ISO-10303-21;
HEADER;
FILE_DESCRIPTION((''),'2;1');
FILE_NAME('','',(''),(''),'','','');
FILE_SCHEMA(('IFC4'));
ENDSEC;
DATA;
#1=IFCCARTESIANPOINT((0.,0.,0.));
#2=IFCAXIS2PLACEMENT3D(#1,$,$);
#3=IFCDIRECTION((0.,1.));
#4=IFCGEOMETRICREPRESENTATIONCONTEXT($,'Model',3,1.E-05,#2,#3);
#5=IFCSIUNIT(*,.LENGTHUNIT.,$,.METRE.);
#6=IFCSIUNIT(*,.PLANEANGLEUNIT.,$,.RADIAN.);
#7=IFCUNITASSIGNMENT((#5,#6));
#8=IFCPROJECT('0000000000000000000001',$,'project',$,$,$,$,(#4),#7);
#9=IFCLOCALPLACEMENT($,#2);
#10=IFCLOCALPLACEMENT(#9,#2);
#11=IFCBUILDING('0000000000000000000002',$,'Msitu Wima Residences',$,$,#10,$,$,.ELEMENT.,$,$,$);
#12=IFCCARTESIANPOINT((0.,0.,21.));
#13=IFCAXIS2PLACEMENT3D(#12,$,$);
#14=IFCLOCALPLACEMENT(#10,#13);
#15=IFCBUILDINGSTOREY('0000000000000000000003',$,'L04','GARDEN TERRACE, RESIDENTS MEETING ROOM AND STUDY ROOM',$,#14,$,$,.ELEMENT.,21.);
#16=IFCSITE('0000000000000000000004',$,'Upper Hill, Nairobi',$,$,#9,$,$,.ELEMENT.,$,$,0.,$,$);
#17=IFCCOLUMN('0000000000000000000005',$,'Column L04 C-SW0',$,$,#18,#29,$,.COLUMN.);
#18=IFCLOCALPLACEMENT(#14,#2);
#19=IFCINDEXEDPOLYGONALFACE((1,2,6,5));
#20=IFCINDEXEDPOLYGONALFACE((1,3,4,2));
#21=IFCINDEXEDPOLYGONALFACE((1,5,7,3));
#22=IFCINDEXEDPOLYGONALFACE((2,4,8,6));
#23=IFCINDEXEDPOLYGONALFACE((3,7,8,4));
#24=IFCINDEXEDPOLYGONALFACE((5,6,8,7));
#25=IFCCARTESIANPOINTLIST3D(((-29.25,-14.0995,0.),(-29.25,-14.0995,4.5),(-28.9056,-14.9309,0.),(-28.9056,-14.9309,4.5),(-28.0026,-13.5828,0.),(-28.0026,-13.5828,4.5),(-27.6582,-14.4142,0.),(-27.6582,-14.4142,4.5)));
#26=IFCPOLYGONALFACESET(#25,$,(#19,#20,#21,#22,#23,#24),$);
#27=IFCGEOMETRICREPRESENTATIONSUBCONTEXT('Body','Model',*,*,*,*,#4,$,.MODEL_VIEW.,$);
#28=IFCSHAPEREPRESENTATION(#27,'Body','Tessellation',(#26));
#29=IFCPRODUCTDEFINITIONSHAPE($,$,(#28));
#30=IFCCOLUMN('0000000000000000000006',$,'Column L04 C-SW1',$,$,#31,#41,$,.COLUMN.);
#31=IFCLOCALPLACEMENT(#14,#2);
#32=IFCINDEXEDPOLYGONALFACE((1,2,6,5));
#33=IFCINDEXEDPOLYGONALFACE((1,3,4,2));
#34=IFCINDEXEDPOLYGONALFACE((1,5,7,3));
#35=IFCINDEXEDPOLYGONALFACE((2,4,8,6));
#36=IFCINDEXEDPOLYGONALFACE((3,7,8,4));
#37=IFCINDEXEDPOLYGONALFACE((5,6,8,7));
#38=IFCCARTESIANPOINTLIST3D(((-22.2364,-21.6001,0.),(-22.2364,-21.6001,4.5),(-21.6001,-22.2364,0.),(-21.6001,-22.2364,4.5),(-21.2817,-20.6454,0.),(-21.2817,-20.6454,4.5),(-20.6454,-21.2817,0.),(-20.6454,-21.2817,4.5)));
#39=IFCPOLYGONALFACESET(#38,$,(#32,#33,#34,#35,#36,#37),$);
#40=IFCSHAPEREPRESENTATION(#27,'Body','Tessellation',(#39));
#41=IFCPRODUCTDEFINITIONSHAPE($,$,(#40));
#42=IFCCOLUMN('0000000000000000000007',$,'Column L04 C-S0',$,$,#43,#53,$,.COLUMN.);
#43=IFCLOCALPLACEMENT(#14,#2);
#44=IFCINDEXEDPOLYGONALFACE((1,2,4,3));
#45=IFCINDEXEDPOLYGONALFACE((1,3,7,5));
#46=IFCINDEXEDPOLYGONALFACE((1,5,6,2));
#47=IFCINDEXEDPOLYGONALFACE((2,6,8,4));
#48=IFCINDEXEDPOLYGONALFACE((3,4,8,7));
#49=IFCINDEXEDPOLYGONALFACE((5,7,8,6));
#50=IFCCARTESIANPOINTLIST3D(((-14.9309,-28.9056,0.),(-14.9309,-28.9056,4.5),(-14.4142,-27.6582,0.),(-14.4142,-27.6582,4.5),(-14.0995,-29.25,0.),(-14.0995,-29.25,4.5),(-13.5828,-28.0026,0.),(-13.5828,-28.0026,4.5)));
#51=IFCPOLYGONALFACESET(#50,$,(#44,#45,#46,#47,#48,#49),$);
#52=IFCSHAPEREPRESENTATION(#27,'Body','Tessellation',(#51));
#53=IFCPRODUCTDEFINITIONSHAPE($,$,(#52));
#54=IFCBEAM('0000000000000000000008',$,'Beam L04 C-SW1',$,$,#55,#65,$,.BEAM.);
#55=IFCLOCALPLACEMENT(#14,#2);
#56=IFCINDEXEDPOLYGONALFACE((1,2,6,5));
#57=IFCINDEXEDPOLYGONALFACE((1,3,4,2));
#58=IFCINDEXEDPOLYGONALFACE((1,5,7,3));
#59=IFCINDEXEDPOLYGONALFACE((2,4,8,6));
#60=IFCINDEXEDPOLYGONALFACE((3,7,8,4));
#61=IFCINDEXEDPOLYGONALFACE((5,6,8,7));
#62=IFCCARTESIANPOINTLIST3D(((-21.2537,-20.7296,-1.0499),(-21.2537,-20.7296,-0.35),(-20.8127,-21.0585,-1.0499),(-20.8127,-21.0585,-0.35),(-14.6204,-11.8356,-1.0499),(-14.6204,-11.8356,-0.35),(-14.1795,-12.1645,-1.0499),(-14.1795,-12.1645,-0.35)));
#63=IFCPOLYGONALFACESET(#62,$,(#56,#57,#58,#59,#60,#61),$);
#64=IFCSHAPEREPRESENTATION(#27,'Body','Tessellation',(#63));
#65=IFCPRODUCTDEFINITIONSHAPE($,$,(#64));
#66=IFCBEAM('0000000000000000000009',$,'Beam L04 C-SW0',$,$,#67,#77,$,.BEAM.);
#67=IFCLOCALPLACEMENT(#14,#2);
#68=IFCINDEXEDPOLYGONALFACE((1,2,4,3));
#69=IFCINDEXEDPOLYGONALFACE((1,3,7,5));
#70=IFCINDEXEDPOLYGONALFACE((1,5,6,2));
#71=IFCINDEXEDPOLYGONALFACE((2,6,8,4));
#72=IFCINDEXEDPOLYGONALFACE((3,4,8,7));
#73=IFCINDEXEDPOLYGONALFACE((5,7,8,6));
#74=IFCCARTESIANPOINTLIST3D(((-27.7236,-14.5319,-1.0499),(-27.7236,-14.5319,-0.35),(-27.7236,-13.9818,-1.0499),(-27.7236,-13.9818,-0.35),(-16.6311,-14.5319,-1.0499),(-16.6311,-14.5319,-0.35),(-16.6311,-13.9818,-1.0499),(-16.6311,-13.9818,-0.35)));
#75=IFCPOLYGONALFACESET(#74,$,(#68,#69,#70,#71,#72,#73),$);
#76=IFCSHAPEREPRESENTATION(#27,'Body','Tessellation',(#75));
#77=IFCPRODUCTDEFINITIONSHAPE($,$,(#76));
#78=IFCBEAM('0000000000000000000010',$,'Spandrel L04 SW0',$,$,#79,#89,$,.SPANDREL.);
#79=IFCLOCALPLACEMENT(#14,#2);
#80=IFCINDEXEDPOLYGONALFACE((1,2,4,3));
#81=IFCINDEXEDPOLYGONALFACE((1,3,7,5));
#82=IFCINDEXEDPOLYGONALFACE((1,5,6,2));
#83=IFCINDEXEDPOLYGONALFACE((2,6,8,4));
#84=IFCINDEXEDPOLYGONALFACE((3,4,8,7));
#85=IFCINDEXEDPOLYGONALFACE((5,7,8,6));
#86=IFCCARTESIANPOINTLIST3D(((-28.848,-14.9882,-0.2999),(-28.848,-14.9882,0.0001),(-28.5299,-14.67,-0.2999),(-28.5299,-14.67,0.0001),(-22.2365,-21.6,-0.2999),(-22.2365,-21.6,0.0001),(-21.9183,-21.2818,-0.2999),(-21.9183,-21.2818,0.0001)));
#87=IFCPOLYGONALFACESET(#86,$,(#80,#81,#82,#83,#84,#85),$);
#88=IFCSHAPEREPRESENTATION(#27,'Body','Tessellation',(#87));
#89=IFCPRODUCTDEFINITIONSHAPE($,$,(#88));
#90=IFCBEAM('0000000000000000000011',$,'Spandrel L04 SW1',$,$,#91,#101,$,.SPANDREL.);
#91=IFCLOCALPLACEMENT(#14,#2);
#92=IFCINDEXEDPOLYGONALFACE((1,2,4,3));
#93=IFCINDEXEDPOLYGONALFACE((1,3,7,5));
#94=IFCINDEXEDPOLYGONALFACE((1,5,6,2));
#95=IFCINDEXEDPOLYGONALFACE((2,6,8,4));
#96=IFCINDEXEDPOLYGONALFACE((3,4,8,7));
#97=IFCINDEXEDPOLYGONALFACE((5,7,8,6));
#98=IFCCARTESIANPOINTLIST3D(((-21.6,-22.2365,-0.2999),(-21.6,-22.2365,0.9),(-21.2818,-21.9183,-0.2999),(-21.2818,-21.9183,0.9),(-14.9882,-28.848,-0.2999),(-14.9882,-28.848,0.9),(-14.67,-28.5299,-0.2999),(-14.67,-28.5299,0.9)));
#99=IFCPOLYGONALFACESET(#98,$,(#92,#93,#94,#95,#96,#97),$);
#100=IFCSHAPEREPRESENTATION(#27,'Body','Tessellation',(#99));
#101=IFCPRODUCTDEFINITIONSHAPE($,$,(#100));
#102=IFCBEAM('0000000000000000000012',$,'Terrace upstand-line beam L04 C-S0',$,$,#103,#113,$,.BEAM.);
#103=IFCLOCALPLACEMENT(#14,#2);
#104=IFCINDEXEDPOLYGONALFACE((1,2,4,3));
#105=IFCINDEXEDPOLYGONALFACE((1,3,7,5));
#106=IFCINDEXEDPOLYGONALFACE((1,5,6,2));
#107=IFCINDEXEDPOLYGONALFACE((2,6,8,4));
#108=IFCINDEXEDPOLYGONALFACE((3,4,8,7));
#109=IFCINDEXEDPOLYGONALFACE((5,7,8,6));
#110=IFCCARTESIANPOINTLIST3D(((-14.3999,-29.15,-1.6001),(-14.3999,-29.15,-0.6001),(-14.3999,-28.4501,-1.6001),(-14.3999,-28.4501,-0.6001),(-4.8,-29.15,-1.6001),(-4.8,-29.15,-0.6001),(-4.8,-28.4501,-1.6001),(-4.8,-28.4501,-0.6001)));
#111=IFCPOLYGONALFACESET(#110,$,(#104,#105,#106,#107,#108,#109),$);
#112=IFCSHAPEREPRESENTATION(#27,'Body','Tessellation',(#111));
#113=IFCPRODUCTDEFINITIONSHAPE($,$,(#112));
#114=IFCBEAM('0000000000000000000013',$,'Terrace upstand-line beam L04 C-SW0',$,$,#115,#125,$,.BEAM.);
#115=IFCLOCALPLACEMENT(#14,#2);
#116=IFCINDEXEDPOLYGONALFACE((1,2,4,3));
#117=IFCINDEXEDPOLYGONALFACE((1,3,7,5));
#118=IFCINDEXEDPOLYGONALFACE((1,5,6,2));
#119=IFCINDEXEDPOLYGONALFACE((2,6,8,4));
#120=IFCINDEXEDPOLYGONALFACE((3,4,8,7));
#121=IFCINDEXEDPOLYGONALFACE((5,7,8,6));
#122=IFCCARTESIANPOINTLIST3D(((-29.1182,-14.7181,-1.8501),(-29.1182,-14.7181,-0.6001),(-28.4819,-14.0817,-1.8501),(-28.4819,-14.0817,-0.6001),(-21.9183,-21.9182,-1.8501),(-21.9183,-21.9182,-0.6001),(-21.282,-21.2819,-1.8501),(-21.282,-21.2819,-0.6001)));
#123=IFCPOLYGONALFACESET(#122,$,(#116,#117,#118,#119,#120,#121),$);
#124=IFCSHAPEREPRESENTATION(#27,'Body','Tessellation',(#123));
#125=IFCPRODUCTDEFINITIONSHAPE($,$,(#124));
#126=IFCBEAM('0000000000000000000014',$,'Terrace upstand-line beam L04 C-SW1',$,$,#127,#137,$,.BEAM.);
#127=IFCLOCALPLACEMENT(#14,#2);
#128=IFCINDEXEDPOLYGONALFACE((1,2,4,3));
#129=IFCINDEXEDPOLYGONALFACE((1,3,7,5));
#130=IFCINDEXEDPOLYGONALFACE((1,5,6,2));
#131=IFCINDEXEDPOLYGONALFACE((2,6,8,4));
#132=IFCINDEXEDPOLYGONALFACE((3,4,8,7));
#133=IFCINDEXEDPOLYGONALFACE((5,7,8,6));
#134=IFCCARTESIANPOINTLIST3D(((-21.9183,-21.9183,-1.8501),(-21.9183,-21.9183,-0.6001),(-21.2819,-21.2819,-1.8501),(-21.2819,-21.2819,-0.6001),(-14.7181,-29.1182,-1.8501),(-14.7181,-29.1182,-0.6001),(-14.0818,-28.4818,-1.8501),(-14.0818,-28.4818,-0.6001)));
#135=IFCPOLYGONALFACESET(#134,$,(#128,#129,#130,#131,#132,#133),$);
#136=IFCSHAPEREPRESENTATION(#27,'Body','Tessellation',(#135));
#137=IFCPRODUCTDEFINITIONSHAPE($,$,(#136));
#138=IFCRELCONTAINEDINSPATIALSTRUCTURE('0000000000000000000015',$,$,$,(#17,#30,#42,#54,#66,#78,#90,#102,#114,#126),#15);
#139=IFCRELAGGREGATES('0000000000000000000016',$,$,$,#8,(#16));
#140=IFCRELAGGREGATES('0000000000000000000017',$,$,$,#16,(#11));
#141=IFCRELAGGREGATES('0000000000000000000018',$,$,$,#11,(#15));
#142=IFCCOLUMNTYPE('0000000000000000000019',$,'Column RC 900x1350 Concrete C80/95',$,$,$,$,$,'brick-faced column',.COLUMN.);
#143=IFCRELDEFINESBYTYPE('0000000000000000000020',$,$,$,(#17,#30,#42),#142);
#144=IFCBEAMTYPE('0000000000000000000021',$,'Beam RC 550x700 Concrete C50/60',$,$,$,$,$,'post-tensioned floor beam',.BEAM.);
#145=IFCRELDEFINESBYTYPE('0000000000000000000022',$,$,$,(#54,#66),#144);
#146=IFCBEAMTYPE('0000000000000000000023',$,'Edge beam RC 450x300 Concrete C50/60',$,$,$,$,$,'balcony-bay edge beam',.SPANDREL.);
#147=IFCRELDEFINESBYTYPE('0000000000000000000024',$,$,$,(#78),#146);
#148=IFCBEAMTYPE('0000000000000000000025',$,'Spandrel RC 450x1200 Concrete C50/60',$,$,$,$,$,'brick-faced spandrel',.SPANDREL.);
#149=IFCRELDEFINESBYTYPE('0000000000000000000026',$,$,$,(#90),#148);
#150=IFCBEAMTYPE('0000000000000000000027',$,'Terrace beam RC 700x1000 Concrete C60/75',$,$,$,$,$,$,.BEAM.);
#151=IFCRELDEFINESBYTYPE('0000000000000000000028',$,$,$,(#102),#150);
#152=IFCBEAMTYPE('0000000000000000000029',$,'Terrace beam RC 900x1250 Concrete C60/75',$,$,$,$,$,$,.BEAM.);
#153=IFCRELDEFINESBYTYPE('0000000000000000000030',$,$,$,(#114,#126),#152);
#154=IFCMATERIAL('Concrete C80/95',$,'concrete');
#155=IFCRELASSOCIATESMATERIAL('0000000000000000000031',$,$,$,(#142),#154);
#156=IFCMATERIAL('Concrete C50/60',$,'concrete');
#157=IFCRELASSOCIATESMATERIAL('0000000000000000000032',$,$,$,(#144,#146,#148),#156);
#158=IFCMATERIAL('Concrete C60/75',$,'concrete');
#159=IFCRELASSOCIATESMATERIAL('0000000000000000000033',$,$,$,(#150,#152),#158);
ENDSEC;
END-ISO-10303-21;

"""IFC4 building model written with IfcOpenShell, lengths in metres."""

from ifc_helpers import new_model, si_unit, direction, frame, origin, origin_2d, place, context, subcontext, project, spatial, rectangle, extrude, material, material_profile, profile_set, type_object, element, save


model = new_model("IFC4")

# Units and contexts
model_context = context("Model", 3, precision=1e-05, world=origin(), true_north=direction((0.0, 1.0)))
body_context = subcontext(model_context, "Body", "Model", "MODEL_VIEW")
ifc_project = project(units=[si_unit("LENGTHUNIT", "METRE"), si_unit("PLANEANGLEUNIT", "RADIAN")], contexts=[model_context])

# Site, building, storey
site_placement = place(None, origin())
site = spatial("IfcSite", under=ifc_project, at=site_placement, Name="Upper Hill, Nairobi", CompositionType="ELEMENT", RefElevation=0.0)
building_placement = place(site_placement, origin())
building = spatial("IfcBuilding", under=site, at=building_placement, Name="Msitu Wima Residences", CompositionType="ELEMENT")
storey_placement = place(building_placement, frame((0.0, 0.0, 21.0)))
storey = spatial("IfcBuildingStorey", under=building, at=storey_placement, Name="L04", Description="GARDEN TERRACE, RESIDENTS MEETING ROOM AND STUDY ROOM", CompositionType="ELEMENT", Elevation=21.0)

# Columns
ifc_material_1 = material(Name="Concrete C80/95", Category="concrete")
ifc_material_profile_1 = material_profile(ifc_material_1, rectangle(XDim=0.8999, YDim=1.3501, at=origin_2d()), Name="RC 900x1350")
ifc_profile_set_1 = profile_set([ifc_material_profile_1], Name="Concrete C80/95")
column_type = type_object("IfcColumnType", Name="Column RC 900x1350 Concrete C80/95", ElementType="brick-faced column", PredefinedType="COLUMN", material=ifc_profile_set_1)
for number, where, z_axis, x_axis, name in (
    (1, (-28.4541, -14.2568, 0.0), (0.0, 0.0, 1.0), (0.382683, -0.92388, 0.0), "Column L04 C-SW0"),
    (2, (-21.4409, -21.4409, 0.0), (0.0, 0.0, 1.0), (0.707107, -0.707107, 0.0), "Column L04 C-SW1"),
    (3, (-14.2568, -28.4541, 0.0), (0.0, 0.0, 1.0), (0.92388, -0.382683, 0.0), "Column L04 C-S0"),
):
    element("IfcColumn", number, at=place(storey_placement, frame(where, z_axis=z_axis, x_axis=x_axis)), inside=storey, type_object=column_type, Name=name, PredefinedType="COLUMN", context=body_context, shape_type="SweptSolid", body=[
        extrude(rectangle(XDim=0.8999, YDim=1.3501, at=origin_2d()), origin(), (0.0, 0.0, 1.0), 4.5),
    ])

# Beams
ifc_material_2 = material(Name="Concrete C50/60", Category="concrete")
ifc_material_profile_2 = material_profile(ifc_material_2, rectangle(XDim=0.55, YDim=0.7, at=origin_2d()), Name="RC 550x700")
ifc_profile_set_2 = profile_set([ifc_material_profile_2], Name="Concrete C50/60")
beam_type_1 = type_object("IfcBeamType", Name="Beam RC 550x700 Concrete C50/60", ElementType="post-tensioned floor beam", PredefinedType="BEAM", material=ifc_profile_set_2)
beam_1_placement = place(storey_placement, frame((-21.0332, -20.894, -0.7), z_axis=(0.59785, 0.801608, 0.0), x_axis=(-0.801608, 0.59785, 0.0)))
element("IfcBeam", 4, at=beam_1_placement, inside=storey, type_object=beam_type_1, Name="Beam L04 C-SW1", PredefinedType="BEAM", context=body_context, shape_type="SweptSolid", body=[
    extrude(rectangle(XDim=0.55, YDim=0.7, at=origin_2d()), origin(), (0.0, 0.0, 1.0), 11.0952),
])
beam_2_placement = place(storey_placement, frame((-27.7236, -14.2568, -0.7), z_axis=(1.0, 0.0, 0.0), x_axis=(0.0, 1.0, 0.0)))
element("IfcBeam", 5, at=beam_2_placement, inside=storey, type_object=beam_type_1, Name="Beam L04 C-SW0", PredefinedType="BEAM", context=body_context, shape_type="SweptSolid", body=[
    extrude(rectangle(XDim=0.55, YDim=0.7, at=origin_2d()), origin(), (0.0, 0.0, 1.0), 11.0925),
])
ifc_material_profile_3 = material_profile(ifc_material_2, rectangle(XDim=0.45, YDim=0.3, at=origin_2d()), Name="RC 450x300")
ifc_profile_set_3 = profile_set([ifc_material_profile_3], Name="Concrete C50/60")
beam_type_2 = type_object("IfcBeamType", Name="Edge beam RC 450x300 Concrete C50/60", ElementType="balcony-bay edge beam", PredefinedType="SPANDREL", material=ifc_profile_set_3)
beam_3_placement = place(storey_placement, frame((-28.689, -14.8291, -0.1499), z_axis=(0.707094, -0.70712, 0.0), x_axis=(0.70712, 0.707094, 0.0)))
element("IfcBeam", 6, at=beam_3_placement, inside=storey, type_object=beam_type_2, Name="Spandrel L04 SW0", PredefinedType="SPANDREL", context=body_context, shape_type="SweptSolid", body=[
    extrude(rectangle(XDim=0.45, YDim=0.3, at=origin_2d()), origin(), (0.0, 0.0, 1.0), 9.3503),
])
ifc_material_profile_4 = material_profile(ifc_material_2, rectangle(XDim=0.45, YDim=1.2, at=origin_2d()), Name="RC 450x1200")
ifc_profile_set_4 = profile_set([ifc_material_profile_4], Name="Concrete C50/60")
beam_type_3 = type_object("IfcBeamType", Name="Spandrel RC 450x1200 Concrete C50/60", ElementType="brick-faced spandrel", PredefinedType="SPANDREL", material=ifc_profile_set_4)
beam_4_placement = place(storey_placement, frame((-21.4409, -22.0774, 0.3), z_axis=(0.70712, -0.707094, 0.0), x_axis=(0.707094, 0.70712, 0.0)))
element("IfcBeam", 7, at=beam_4_placement, inside=storey, type_object=beam_type_3, Name="Spandrel L04 SW1", PredefinedType="SPANDREL", context=body_context, shape_type="SweptSolid", body=[
    extrude(rectangle(XDim=0.45, YDim=1.2, at=origin_2d()), origin(), (0.0, 0.0, 1.0), 9.3503),
])
ifc_material_3 = material(Name="Concrete C60/75", Category="concrete")
ifc_material_profile_5 = material_profile(ifc_material_3, rectangle(XDim=0.7, YDim=1.0, at=origin_2d()), Name="RC 700x1000")
ifc_profile_set_5 = profile_set([ifc_material_profile_5], Name="Concrete C60/75")
beam_type_4 = type_object("IfcBeamType", Name="Terrace beam RC 700x1000 Concrete C60/75", PredefinedType="BEAM", material=ifc_profile_set_5)
beam_5_placement = place(storey_placement, frame((-14.3999, -28.8, -1.1001), z_axis=(1.0, 0.0, 0.0), x_axis=(0.0, 1.0, 0.0)))
element("IfcBeam", 8, at=beam_5_placement, inside=storey, type_object=beam_type_4, Name="Terrace upstand-line beam L04 C-S0", PredefinedType="BEAM", context=body_context, shape_type="SweptSolid", body=[
    extrude(rectangle(XDim=0.7, YDim=1.0, at=origin_2d()), origin(), (0.0, 0.0, 1.0), 9.5999),
])
ifc_material_profile_6 = material_profile(ifc_material_3, rectangle(XDim=0.8999, YDim=1.25, at=origin_2d()), Name="RC 900x1250")
ifc_profile_set_6 = profile_set([ifc_material_profile_6], Name="Concrete C60/75")
beam_type_5 = type_object("IfcBeamType", Name="Terrace beam RC 900x1250 Concrete C60/75", PredefinedType="BEAM", material=ifc_profile_set_6)
for number, where, z_axis, x_axis, name in (
    (9, (-28.8, -14.3999, -1.2251), (0.707095, -0.707119, 0.0), (0.707119, 0.707095, 0.0), "Terrace upstand-line beam L04 C-SW0"),
    (10, (-21.6001, -21.6001, -1.2251), (0.707119, -0.707095, 0.0), (0.707095, 0.707119, 0.0), "Terrace upstand-line beam L04 C-SW1"),
):
    element("IfcBeam", number, at=place(storey_placement, frame(where, z_axis=z_axis, x_axis=x_axis)), inside=storey, type_object=beam_type_5, Name=name, PredefinedType="BEAM", context=body_context, shape_type="SweptSolid", body=[
        extrude(rectangle(XDim=0.8999, YDim=1.25, at=origin_2d()), origin(), (0.0, 0.0, 1.0), 10.1824),
    ])

save(model, "model.ifc")
